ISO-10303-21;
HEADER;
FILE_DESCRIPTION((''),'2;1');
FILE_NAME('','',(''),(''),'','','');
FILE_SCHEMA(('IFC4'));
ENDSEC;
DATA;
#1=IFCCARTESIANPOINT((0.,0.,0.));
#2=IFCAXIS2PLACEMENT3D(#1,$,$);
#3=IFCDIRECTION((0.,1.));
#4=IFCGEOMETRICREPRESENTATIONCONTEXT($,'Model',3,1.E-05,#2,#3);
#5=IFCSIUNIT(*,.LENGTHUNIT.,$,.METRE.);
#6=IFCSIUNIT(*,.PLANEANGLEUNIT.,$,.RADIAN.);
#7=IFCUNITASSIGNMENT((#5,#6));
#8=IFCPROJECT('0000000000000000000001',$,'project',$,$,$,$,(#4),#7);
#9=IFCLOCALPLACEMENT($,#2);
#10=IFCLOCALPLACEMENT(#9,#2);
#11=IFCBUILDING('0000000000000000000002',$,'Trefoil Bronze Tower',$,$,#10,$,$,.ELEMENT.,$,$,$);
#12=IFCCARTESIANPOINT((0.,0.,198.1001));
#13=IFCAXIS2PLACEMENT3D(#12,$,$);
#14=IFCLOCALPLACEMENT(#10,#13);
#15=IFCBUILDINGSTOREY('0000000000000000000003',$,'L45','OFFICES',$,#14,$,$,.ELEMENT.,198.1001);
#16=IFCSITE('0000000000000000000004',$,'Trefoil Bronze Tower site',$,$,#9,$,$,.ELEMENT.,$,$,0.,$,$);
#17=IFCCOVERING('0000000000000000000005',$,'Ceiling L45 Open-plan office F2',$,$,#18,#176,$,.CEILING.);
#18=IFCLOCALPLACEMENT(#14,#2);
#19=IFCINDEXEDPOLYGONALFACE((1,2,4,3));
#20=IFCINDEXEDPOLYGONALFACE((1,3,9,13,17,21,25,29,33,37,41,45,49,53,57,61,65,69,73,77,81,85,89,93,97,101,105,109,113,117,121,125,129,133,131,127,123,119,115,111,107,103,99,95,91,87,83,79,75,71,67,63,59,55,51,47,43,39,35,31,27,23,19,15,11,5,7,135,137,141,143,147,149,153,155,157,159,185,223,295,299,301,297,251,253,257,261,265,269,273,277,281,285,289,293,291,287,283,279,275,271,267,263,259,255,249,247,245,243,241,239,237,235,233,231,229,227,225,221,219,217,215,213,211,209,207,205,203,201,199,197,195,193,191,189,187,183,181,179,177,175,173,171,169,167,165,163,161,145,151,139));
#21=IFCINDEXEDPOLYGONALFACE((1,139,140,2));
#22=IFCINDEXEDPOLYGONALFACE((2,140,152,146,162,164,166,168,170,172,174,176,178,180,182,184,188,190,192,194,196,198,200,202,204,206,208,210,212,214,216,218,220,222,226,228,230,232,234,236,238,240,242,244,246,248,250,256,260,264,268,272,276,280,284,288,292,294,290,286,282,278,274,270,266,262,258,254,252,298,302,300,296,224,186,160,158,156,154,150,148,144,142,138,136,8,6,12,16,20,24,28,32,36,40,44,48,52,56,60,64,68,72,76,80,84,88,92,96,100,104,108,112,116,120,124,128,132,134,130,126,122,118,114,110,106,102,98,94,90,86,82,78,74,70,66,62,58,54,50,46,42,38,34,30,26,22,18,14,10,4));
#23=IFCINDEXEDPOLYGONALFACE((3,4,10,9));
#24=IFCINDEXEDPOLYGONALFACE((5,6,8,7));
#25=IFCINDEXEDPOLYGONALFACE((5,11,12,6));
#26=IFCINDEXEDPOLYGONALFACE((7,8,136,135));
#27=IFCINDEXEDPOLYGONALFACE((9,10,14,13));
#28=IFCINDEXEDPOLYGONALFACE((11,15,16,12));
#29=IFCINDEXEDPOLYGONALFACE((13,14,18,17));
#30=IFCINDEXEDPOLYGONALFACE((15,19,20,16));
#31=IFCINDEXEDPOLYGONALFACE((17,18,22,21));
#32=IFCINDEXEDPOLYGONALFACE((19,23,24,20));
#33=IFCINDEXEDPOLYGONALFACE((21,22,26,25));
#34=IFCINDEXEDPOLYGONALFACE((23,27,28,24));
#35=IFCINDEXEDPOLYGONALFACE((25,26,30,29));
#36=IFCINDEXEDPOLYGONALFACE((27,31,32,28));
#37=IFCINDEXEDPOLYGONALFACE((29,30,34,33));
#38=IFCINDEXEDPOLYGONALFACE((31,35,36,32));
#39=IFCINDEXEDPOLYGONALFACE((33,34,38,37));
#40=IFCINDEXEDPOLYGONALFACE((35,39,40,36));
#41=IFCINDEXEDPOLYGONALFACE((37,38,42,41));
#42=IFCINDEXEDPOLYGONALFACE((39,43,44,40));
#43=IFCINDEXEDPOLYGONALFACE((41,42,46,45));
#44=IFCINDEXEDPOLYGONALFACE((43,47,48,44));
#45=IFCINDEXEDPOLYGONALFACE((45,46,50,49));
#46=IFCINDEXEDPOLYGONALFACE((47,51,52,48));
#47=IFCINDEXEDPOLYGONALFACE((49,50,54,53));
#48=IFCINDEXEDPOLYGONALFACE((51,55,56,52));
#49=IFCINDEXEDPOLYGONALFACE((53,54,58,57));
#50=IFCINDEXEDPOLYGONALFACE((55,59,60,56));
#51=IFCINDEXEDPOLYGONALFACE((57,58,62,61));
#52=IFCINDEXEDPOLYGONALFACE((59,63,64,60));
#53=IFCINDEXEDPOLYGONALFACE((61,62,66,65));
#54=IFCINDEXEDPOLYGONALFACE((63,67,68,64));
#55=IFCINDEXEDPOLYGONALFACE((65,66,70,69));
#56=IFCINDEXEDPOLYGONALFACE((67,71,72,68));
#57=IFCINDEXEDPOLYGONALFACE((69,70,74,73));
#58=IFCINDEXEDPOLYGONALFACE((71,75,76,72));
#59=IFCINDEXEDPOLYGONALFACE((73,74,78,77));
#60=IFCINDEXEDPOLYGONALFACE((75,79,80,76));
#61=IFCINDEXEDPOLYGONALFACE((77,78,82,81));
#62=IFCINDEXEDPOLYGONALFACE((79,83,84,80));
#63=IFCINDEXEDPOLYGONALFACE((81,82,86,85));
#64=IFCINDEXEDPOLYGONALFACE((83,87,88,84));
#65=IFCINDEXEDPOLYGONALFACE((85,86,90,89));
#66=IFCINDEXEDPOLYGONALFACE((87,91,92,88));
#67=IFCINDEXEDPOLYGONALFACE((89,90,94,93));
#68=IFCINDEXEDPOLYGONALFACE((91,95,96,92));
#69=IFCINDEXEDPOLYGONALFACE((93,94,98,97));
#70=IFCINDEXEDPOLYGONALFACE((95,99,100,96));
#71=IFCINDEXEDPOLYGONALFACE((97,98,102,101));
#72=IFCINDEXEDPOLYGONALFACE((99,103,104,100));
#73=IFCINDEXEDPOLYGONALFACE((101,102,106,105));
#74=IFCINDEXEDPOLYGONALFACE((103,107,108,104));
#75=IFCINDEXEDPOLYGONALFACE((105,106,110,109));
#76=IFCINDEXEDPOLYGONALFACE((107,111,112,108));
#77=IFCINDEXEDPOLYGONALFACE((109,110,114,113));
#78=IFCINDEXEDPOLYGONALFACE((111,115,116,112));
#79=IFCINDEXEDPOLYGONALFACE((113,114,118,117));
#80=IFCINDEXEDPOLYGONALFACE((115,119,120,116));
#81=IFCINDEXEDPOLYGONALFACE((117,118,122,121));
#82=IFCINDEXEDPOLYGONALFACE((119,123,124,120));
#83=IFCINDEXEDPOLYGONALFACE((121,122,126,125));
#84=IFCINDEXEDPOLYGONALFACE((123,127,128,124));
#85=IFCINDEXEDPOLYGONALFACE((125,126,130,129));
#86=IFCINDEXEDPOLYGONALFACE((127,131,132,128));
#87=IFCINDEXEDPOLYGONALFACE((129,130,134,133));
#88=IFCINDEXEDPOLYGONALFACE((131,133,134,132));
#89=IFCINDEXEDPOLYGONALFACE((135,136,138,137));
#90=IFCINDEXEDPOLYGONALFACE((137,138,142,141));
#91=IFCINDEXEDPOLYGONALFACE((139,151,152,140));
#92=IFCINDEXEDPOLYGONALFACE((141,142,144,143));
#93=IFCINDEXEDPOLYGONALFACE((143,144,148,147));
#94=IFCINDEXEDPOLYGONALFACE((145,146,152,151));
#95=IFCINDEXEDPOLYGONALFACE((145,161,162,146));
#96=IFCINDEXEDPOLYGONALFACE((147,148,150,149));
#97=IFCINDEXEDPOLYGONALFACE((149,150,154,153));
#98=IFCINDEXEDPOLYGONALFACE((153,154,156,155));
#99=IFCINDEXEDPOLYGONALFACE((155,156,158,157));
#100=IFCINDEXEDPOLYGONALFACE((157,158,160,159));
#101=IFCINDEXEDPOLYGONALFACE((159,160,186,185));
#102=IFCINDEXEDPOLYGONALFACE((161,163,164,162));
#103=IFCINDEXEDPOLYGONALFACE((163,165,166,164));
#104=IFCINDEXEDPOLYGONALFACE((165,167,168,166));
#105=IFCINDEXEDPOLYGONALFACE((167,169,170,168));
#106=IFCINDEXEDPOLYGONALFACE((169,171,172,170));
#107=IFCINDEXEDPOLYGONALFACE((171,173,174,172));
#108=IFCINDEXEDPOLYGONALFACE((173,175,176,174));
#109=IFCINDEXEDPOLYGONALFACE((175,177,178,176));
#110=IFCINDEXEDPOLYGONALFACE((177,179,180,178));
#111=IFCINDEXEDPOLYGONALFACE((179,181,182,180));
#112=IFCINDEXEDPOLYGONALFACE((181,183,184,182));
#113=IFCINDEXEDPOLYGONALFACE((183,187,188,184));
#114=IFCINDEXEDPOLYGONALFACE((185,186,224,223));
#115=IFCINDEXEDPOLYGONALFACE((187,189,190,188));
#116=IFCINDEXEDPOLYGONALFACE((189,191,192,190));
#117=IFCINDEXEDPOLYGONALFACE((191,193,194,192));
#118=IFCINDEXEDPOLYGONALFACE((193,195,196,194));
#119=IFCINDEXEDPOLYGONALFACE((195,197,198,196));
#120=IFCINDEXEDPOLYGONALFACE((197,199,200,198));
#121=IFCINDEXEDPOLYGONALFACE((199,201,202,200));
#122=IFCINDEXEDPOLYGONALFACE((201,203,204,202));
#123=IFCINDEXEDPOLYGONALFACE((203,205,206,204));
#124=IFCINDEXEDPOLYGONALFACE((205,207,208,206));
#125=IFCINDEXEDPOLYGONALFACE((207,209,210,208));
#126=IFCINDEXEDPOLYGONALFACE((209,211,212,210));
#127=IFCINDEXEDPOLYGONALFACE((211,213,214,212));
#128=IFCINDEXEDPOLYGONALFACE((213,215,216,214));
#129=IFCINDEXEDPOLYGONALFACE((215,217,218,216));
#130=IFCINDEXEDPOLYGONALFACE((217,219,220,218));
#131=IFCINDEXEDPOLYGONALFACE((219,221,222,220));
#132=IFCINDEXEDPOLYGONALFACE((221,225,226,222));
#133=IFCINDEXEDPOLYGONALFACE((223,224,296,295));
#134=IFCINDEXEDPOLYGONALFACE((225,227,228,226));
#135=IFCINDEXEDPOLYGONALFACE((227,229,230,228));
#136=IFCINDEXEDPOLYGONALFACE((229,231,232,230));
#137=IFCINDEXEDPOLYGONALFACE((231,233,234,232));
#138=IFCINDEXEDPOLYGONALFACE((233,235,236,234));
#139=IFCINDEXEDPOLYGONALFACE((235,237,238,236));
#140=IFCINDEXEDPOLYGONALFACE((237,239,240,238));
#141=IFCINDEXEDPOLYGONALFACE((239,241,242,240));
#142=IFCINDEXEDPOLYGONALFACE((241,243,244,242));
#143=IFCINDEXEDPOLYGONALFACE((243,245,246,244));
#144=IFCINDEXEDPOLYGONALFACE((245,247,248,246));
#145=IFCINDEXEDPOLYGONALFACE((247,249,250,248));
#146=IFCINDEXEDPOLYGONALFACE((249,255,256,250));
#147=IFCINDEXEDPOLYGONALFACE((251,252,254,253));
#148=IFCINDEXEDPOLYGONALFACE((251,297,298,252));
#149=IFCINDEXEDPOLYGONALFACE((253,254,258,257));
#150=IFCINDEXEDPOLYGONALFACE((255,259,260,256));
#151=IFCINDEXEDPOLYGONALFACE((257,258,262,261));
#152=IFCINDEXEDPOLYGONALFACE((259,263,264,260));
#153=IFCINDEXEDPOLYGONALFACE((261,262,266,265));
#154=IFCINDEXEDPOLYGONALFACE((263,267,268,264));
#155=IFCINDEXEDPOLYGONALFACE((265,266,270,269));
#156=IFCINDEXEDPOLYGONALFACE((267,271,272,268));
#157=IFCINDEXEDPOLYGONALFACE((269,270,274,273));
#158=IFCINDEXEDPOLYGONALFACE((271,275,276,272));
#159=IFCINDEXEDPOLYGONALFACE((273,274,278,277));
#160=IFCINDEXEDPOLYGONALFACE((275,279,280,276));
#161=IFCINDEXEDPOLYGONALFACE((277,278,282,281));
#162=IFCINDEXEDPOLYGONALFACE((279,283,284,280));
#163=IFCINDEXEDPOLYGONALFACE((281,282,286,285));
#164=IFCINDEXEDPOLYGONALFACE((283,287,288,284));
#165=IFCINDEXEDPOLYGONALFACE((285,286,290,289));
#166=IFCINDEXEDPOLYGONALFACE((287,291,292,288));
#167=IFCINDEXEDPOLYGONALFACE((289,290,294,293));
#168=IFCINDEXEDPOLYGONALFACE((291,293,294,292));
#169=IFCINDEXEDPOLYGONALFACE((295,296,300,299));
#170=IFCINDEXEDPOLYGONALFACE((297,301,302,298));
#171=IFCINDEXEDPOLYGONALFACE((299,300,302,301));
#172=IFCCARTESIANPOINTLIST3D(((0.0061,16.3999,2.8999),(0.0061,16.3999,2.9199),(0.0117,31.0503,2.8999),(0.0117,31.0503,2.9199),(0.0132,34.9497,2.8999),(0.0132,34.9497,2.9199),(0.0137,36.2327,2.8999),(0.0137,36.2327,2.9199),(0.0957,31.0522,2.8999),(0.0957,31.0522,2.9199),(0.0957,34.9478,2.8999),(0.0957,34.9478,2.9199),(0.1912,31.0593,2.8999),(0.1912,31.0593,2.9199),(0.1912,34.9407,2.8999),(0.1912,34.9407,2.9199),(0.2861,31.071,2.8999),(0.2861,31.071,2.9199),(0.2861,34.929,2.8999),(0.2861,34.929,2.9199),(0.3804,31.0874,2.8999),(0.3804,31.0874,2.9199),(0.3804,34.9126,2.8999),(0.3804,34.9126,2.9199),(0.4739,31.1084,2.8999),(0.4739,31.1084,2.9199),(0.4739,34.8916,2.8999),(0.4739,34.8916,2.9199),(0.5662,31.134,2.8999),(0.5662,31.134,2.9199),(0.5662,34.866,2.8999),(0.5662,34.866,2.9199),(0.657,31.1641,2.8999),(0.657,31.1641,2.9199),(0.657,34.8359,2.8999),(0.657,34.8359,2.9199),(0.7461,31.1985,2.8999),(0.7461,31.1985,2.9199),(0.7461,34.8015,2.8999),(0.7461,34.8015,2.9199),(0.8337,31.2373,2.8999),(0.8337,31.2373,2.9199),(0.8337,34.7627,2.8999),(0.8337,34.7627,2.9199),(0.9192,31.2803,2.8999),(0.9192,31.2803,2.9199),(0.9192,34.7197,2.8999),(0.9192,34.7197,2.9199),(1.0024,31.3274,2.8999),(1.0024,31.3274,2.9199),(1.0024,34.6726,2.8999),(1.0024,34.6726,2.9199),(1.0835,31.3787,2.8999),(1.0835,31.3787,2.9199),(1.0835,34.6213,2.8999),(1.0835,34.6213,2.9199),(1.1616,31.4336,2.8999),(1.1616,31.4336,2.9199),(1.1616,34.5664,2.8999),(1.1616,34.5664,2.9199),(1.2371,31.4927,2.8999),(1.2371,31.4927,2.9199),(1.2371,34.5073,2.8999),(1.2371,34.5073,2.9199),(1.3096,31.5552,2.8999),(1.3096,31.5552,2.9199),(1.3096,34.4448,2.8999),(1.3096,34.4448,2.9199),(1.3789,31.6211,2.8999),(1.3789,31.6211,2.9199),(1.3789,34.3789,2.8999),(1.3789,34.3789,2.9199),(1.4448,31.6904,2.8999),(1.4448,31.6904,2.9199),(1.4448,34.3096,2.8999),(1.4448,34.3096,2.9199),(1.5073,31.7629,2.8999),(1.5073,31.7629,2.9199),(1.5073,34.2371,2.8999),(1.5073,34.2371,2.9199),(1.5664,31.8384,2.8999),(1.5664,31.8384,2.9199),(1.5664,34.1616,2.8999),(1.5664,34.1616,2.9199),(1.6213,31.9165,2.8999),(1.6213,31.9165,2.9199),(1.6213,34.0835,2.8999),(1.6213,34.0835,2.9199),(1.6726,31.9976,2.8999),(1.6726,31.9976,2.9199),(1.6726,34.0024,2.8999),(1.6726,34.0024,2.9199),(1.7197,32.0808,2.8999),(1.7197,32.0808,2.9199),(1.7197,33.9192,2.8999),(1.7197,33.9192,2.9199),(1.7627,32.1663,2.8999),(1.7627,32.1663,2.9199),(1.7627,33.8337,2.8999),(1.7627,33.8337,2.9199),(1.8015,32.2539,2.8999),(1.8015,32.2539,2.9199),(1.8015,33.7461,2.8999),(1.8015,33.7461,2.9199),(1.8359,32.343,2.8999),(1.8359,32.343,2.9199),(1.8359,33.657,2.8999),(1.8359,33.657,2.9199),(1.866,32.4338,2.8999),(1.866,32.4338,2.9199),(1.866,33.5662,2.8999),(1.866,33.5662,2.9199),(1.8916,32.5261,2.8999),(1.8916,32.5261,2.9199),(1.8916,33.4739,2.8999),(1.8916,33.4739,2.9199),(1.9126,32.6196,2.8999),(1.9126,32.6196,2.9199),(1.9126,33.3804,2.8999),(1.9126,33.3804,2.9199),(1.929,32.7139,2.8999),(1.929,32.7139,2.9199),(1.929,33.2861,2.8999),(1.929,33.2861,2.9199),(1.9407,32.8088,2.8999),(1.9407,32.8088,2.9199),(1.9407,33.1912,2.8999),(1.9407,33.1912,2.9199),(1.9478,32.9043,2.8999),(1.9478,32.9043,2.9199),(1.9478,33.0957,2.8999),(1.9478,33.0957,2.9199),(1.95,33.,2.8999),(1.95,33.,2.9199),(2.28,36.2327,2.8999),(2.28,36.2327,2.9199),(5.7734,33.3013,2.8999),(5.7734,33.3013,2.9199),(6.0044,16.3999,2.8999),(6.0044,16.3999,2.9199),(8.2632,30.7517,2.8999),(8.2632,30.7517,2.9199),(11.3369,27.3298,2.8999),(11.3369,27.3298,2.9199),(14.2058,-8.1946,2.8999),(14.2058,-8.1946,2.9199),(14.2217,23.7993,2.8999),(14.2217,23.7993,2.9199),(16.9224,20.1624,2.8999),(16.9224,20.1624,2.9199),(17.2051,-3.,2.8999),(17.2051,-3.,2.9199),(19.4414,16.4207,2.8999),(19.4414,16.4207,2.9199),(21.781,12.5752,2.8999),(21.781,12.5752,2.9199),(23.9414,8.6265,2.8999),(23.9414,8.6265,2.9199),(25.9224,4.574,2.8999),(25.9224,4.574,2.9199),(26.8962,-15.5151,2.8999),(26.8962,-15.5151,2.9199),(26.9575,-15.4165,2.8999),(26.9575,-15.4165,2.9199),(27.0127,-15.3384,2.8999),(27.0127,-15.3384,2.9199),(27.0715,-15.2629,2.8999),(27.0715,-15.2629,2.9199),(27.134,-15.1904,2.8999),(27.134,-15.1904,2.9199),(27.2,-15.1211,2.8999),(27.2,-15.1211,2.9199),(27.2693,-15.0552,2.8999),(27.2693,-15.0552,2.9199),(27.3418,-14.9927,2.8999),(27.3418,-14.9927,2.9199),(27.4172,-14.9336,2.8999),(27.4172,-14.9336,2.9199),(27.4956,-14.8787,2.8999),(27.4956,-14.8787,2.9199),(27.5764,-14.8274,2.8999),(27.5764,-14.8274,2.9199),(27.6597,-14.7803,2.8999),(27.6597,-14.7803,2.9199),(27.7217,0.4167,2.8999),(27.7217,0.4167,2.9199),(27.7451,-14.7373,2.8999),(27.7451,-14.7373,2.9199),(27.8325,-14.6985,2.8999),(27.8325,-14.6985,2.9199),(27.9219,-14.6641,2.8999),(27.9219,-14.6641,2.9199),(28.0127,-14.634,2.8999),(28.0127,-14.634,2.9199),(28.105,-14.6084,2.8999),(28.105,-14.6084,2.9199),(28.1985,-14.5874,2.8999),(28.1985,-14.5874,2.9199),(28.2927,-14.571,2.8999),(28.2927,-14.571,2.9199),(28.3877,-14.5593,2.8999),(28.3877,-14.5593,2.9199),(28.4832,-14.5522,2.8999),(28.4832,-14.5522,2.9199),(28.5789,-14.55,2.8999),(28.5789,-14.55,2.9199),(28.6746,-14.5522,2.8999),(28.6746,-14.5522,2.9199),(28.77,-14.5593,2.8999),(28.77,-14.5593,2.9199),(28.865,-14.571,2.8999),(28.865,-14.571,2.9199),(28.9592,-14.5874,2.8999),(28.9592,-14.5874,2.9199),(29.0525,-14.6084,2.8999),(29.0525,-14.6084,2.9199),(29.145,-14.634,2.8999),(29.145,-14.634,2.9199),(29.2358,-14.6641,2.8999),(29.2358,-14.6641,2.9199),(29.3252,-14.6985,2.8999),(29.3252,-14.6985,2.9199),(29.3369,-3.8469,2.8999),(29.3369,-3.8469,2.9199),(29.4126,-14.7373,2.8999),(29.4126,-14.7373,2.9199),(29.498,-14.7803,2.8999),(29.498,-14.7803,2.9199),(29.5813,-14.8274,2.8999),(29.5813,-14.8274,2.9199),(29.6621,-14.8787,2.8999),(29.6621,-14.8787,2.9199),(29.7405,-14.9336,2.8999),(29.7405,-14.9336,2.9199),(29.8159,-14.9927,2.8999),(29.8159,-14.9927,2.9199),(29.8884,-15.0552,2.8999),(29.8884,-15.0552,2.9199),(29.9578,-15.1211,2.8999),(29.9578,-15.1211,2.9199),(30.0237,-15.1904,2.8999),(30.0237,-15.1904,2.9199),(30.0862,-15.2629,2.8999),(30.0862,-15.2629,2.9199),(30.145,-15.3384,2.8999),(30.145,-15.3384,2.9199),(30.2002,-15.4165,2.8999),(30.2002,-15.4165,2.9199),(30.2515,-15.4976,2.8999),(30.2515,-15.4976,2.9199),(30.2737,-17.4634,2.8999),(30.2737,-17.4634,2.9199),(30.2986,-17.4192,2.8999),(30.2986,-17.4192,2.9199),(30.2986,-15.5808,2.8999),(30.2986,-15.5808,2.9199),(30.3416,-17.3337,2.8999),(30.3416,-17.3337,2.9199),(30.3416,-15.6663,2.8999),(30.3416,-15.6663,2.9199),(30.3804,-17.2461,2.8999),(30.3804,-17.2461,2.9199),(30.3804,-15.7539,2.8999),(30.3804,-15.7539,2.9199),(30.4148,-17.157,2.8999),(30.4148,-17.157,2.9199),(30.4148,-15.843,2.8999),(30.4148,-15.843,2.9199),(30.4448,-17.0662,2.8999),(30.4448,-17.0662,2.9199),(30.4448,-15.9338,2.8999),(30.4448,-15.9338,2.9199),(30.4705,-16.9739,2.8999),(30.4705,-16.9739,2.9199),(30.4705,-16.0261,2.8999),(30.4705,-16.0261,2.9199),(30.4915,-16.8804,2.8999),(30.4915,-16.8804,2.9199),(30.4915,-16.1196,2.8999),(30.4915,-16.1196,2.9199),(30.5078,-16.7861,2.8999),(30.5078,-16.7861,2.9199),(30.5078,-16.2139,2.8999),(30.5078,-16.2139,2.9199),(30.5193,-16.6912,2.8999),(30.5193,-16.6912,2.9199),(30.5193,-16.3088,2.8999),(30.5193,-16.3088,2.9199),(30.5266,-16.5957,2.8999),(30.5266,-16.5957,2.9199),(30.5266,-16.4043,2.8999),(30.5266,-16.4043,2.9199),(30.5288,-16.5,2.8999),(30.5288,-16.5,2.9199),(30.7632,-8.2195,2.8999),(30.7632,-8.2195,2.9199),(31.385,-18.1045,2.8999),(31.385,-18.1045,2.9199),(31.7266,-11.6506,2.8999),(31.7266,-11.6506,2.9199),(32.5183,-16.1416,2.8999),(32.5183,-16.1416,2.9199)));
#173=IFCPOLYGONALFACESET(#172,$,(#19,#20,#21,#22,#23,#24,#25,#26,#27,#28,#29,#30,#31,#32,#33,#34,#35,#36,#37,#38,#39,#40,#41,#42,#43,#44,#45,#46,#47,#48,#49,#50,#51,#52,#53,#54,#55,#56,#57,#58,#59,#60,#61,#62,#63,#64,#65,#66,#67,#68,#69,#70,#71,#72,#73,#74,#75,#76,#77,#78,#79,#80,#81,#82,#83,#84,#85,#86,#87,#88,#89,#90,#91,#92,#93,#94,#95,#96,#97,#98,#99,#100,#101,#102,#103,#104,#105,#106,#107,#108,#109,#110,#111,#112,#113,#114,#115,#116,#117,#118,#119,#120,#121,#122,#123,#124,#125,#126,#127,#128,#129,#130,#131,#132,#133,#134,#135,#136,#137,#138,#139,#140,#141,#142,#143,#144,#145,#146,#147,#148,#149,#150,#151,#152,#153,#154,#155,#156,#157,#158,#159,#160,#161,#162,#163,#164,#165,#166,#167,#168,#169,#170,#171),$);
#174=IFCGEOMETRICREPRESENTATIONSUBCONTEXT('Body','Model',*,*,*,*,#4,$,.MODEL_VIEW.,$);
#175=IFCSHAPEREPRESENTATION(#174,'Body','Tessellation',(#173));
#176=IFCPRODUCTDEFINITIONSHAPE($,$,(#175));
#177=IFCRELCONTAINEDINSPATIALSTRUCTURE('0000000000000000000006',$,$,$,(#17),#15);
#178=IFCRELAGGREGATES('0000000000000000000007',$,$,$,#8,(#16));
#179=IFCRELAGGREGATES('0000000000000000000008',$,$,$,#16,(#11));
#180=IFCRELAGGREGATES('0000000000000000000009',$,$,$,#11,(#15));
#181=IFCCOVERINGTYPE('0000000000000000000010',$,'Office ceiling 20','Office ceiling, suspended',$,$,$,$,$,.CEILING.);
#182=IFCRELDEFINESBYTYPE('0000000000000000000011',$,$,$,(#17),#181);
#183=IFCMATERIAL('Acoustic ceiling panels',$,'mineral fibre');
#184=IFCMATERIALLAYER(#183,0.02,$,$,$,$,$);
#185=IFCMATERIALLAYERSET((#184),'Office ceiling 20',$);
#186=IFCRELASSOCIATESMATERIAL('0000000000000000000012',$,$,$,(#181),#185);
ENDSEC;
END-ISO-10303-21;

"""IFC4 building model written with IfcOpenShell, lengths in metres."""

from ifc_helpers import new_model, si_unit, direction, frame, origin, place, context, subcontext, project, spatial, polyline, outline, extrude, material, layer, layer_set, type_object, element, save


model = new_model("IFC4")

# Units and contexts
model_context = context("Model", 3, precision=1e-05, world=origin(), true_north=direction((0.0, 1.0)))
body_context = subcontext(model_context, "Body", "Model", "MODEL_VIEW")
ifc_project = project(units=[si_unit("LENGTHUNIT", "METRE"), si_unit("PLANEANGLEUNIT", "RADIAN")], contexts=[model_context])

# Site, building, storey
site_placement = place(None, origin())
site = spatial("IfcSite", under=ifc_project, at=site_placement, Name="Trefoil Bronze Tower site", CompositionType="ELEMENT", RefElevation=0.0)
building_placement = place(site_placement, origin())
building = spatial("IfcBuilding", under=site, at=building_placement, Name="Trefoil Bronze Tower", CompositionType="ELEMENT")
storey_placement = place(building_placement, frame((0.0, 0.0, 198.1001)))
storey = spatial("IfcBuildingStorey", under=building, at=storey_placement, Name="L45", Description="OFFICES", CompositionType="ELEMENT", Elevation=198.1001)

# Covering
ifc_material_1 = material(Name="Acoustic ceiling panels", Category="mineral fibre")
ifc_layer_1 = layer(ifc_material_1, 0.02)
ifc_layer_set_1 = layer_set([ifc_layer_1], Name="Office ceiling 20")
covering_type_1 = type_object("IfcCoveringType", Name="Office ceiling 20", Description="Office ceiling, suspended", PredefinedType="CEILING", material=ifc_layer_set_1)
covering_1_placement = place(storey_placement, frame((0.0, 0.0, 2.8999)))
element("IfcCovering", 1, at=covering_1_placement, inside=storey, type_object=covering_type_1, Name="Ceiling L45 Open-plan office F2", PredefinedType="CEILING", context=body_context, shape_type="SweptSolid", body=[
    extrude(outline(polyline([(8.2632, 30.7517), (11.3369, 27.3298), (14.2217, 23.7993), (16.9224, 20.1624), (19.4414, 16.4207), (21.781, 12.5752), (23.9414, 8.6265), (25.9224, 4.574), (27.7217, 0.4167), (29.3369, -3.8469), (30.7632, -8.2195), (31.7266, -11.6506), (32.5183, -16.1416), (31.385, -18.1045), (30.2737, -17.4634), (30.2986, -17.4192), (30.3416, -17.3337), (30.3804, -17.2461), (30.4148, -17.157), (30.4448, -17.0662), (30.4705, -16.9739), (30.4915, -16.8804), (30.5078, -16.7861), (30.5193, -16.6912), (30.5266, -16.5957), (30.5288, -16.5), (30.5266, -16.4043), (30.5193, -16.3088), (30.5078, -16.2139), (30.4915, -16.1196), (30.4705, -16.0261), (30.4448, -15.9338), (30.4148, -15.843), (30.3804, -15.7539), (30.3416, -15.6663), (30.2986, -15.5808), (30.2515, -15.4976), (30.2002, -15.4165), (30.145, -15.3384), (30.0862, -15.2629), (30.0237, -15.1904), (29.9578, -15.1211), (29.8884, -15.0552), (29.8159, -14.9927), (29.7405, -14.9336), (29.6621, -14.8787), (29.5813, -14.8274), (29.498, -14.7803), (29.4126, -14.7373), (29.3252, -14.6985), (29.2358, -14.6641), (29.145, -14.634), (29.0525, -14.6084), (28.9592, -14.5874), (28.865, -14.571), (28.77, -14.5593), (28.6746, -14.5522), (28.5789, -14.55), (28.4832, -14.5522), (28.3877, -14.5593), (28.2927, -14.571), (28.1985, -14.5874), (28.105, -14.6084), (28.0127, -14.634), (27.9219, -14.6641), (27.8325, -14.6985), (27.7451, -14.7373), (27.6597, -14.7803), (27.5764, -14.8274), (27.4956, -14.8787), (27.4172, -14.9336), (27.3418, -14.9927), (27.2693, -15.0552), (27.2, -15.1211), (27.134, -15.1904), (27.0715, -15.2629), (27.0127, -15.3384), (26.9575, -15.4165), (26.8962, -15.5151), (14.2058, -8.1946), (17.2051, -3.0), (6.0044, 16.3999), (0.0061, 16.3999), (0.0117, 31.0503), (0.0957, 31.0522), (0.1912, 31.0593), (0.2861, 31.071), (0.3804, 31.0874), (0.4739, 31.1084), (0.5662, 31.134), (0.657, 31.1641), (0.7461, 31.1985), (0.8337, 31.2373), (0.9192, 31.2803), (1.0024, 31.3274), (1.0835, 31.3787), (1.1616, 31.4336), (1.2371, 31.4927), (1.3096, 31.5552), (1.3789, 31.6211), (1.4448, 31.6904), (1.5073, 31.7629), (1.5664, 31.8384), (1.6213, 31.9165), (1.6726, 31.9976), (1.7197, 32.0808), (1.7627, 32.1663), (1.8015, 32.2539), (1.8359, 32.343), (1.866, 32.4338), (1.8916, 32.5261), (1.9126, 32.6196), (1.929, 32.7139), (1.9407, 32.8088), (1.9478, 32.9043), (1.95, 33.0), (1.9478, 33.0957), (1.9407, 33.1912), (1.929, 33.2861), (1.9126, 33.3804), (1.8916, 33.4739), (1.866, 33.5662), (1.8359, 33.657), (1.8015, 33.7461), (1.7627, 33.8337), (1.7197, 33.9192), (1.6726, 34.0024), (1.6213, 34.0835), (1.5664, 34.1616), (1.5073, 34.2371), (1.4448, 34.3096), (1.3789, 34.3789), (1.3096, 34.4448), (1.2371, 34.5073), (1.1616, 34.5664), (1.0835, 34.6213), (1.0024, 34.6726), (0.9192, 34.7197), (0.8337, 34.7627), (0.7461, 34.8015), (0.657, 34.8359), (0.5662, 34.866), (0.4739, 34.8916), (0.3804, 34.9126), (0.2861, 34.929), (0.1912, 34.9407), (0.0957, 34.9478), (0.0132, 34.9497), (0.0137, 36.2327), (2.28, 36.2327), (5.7734, 33.3013), (8.2632, 30.7517)])), origin(), (0.0, 0.0, 1.0), 0.02),
])

save(model, "model.ifc")
